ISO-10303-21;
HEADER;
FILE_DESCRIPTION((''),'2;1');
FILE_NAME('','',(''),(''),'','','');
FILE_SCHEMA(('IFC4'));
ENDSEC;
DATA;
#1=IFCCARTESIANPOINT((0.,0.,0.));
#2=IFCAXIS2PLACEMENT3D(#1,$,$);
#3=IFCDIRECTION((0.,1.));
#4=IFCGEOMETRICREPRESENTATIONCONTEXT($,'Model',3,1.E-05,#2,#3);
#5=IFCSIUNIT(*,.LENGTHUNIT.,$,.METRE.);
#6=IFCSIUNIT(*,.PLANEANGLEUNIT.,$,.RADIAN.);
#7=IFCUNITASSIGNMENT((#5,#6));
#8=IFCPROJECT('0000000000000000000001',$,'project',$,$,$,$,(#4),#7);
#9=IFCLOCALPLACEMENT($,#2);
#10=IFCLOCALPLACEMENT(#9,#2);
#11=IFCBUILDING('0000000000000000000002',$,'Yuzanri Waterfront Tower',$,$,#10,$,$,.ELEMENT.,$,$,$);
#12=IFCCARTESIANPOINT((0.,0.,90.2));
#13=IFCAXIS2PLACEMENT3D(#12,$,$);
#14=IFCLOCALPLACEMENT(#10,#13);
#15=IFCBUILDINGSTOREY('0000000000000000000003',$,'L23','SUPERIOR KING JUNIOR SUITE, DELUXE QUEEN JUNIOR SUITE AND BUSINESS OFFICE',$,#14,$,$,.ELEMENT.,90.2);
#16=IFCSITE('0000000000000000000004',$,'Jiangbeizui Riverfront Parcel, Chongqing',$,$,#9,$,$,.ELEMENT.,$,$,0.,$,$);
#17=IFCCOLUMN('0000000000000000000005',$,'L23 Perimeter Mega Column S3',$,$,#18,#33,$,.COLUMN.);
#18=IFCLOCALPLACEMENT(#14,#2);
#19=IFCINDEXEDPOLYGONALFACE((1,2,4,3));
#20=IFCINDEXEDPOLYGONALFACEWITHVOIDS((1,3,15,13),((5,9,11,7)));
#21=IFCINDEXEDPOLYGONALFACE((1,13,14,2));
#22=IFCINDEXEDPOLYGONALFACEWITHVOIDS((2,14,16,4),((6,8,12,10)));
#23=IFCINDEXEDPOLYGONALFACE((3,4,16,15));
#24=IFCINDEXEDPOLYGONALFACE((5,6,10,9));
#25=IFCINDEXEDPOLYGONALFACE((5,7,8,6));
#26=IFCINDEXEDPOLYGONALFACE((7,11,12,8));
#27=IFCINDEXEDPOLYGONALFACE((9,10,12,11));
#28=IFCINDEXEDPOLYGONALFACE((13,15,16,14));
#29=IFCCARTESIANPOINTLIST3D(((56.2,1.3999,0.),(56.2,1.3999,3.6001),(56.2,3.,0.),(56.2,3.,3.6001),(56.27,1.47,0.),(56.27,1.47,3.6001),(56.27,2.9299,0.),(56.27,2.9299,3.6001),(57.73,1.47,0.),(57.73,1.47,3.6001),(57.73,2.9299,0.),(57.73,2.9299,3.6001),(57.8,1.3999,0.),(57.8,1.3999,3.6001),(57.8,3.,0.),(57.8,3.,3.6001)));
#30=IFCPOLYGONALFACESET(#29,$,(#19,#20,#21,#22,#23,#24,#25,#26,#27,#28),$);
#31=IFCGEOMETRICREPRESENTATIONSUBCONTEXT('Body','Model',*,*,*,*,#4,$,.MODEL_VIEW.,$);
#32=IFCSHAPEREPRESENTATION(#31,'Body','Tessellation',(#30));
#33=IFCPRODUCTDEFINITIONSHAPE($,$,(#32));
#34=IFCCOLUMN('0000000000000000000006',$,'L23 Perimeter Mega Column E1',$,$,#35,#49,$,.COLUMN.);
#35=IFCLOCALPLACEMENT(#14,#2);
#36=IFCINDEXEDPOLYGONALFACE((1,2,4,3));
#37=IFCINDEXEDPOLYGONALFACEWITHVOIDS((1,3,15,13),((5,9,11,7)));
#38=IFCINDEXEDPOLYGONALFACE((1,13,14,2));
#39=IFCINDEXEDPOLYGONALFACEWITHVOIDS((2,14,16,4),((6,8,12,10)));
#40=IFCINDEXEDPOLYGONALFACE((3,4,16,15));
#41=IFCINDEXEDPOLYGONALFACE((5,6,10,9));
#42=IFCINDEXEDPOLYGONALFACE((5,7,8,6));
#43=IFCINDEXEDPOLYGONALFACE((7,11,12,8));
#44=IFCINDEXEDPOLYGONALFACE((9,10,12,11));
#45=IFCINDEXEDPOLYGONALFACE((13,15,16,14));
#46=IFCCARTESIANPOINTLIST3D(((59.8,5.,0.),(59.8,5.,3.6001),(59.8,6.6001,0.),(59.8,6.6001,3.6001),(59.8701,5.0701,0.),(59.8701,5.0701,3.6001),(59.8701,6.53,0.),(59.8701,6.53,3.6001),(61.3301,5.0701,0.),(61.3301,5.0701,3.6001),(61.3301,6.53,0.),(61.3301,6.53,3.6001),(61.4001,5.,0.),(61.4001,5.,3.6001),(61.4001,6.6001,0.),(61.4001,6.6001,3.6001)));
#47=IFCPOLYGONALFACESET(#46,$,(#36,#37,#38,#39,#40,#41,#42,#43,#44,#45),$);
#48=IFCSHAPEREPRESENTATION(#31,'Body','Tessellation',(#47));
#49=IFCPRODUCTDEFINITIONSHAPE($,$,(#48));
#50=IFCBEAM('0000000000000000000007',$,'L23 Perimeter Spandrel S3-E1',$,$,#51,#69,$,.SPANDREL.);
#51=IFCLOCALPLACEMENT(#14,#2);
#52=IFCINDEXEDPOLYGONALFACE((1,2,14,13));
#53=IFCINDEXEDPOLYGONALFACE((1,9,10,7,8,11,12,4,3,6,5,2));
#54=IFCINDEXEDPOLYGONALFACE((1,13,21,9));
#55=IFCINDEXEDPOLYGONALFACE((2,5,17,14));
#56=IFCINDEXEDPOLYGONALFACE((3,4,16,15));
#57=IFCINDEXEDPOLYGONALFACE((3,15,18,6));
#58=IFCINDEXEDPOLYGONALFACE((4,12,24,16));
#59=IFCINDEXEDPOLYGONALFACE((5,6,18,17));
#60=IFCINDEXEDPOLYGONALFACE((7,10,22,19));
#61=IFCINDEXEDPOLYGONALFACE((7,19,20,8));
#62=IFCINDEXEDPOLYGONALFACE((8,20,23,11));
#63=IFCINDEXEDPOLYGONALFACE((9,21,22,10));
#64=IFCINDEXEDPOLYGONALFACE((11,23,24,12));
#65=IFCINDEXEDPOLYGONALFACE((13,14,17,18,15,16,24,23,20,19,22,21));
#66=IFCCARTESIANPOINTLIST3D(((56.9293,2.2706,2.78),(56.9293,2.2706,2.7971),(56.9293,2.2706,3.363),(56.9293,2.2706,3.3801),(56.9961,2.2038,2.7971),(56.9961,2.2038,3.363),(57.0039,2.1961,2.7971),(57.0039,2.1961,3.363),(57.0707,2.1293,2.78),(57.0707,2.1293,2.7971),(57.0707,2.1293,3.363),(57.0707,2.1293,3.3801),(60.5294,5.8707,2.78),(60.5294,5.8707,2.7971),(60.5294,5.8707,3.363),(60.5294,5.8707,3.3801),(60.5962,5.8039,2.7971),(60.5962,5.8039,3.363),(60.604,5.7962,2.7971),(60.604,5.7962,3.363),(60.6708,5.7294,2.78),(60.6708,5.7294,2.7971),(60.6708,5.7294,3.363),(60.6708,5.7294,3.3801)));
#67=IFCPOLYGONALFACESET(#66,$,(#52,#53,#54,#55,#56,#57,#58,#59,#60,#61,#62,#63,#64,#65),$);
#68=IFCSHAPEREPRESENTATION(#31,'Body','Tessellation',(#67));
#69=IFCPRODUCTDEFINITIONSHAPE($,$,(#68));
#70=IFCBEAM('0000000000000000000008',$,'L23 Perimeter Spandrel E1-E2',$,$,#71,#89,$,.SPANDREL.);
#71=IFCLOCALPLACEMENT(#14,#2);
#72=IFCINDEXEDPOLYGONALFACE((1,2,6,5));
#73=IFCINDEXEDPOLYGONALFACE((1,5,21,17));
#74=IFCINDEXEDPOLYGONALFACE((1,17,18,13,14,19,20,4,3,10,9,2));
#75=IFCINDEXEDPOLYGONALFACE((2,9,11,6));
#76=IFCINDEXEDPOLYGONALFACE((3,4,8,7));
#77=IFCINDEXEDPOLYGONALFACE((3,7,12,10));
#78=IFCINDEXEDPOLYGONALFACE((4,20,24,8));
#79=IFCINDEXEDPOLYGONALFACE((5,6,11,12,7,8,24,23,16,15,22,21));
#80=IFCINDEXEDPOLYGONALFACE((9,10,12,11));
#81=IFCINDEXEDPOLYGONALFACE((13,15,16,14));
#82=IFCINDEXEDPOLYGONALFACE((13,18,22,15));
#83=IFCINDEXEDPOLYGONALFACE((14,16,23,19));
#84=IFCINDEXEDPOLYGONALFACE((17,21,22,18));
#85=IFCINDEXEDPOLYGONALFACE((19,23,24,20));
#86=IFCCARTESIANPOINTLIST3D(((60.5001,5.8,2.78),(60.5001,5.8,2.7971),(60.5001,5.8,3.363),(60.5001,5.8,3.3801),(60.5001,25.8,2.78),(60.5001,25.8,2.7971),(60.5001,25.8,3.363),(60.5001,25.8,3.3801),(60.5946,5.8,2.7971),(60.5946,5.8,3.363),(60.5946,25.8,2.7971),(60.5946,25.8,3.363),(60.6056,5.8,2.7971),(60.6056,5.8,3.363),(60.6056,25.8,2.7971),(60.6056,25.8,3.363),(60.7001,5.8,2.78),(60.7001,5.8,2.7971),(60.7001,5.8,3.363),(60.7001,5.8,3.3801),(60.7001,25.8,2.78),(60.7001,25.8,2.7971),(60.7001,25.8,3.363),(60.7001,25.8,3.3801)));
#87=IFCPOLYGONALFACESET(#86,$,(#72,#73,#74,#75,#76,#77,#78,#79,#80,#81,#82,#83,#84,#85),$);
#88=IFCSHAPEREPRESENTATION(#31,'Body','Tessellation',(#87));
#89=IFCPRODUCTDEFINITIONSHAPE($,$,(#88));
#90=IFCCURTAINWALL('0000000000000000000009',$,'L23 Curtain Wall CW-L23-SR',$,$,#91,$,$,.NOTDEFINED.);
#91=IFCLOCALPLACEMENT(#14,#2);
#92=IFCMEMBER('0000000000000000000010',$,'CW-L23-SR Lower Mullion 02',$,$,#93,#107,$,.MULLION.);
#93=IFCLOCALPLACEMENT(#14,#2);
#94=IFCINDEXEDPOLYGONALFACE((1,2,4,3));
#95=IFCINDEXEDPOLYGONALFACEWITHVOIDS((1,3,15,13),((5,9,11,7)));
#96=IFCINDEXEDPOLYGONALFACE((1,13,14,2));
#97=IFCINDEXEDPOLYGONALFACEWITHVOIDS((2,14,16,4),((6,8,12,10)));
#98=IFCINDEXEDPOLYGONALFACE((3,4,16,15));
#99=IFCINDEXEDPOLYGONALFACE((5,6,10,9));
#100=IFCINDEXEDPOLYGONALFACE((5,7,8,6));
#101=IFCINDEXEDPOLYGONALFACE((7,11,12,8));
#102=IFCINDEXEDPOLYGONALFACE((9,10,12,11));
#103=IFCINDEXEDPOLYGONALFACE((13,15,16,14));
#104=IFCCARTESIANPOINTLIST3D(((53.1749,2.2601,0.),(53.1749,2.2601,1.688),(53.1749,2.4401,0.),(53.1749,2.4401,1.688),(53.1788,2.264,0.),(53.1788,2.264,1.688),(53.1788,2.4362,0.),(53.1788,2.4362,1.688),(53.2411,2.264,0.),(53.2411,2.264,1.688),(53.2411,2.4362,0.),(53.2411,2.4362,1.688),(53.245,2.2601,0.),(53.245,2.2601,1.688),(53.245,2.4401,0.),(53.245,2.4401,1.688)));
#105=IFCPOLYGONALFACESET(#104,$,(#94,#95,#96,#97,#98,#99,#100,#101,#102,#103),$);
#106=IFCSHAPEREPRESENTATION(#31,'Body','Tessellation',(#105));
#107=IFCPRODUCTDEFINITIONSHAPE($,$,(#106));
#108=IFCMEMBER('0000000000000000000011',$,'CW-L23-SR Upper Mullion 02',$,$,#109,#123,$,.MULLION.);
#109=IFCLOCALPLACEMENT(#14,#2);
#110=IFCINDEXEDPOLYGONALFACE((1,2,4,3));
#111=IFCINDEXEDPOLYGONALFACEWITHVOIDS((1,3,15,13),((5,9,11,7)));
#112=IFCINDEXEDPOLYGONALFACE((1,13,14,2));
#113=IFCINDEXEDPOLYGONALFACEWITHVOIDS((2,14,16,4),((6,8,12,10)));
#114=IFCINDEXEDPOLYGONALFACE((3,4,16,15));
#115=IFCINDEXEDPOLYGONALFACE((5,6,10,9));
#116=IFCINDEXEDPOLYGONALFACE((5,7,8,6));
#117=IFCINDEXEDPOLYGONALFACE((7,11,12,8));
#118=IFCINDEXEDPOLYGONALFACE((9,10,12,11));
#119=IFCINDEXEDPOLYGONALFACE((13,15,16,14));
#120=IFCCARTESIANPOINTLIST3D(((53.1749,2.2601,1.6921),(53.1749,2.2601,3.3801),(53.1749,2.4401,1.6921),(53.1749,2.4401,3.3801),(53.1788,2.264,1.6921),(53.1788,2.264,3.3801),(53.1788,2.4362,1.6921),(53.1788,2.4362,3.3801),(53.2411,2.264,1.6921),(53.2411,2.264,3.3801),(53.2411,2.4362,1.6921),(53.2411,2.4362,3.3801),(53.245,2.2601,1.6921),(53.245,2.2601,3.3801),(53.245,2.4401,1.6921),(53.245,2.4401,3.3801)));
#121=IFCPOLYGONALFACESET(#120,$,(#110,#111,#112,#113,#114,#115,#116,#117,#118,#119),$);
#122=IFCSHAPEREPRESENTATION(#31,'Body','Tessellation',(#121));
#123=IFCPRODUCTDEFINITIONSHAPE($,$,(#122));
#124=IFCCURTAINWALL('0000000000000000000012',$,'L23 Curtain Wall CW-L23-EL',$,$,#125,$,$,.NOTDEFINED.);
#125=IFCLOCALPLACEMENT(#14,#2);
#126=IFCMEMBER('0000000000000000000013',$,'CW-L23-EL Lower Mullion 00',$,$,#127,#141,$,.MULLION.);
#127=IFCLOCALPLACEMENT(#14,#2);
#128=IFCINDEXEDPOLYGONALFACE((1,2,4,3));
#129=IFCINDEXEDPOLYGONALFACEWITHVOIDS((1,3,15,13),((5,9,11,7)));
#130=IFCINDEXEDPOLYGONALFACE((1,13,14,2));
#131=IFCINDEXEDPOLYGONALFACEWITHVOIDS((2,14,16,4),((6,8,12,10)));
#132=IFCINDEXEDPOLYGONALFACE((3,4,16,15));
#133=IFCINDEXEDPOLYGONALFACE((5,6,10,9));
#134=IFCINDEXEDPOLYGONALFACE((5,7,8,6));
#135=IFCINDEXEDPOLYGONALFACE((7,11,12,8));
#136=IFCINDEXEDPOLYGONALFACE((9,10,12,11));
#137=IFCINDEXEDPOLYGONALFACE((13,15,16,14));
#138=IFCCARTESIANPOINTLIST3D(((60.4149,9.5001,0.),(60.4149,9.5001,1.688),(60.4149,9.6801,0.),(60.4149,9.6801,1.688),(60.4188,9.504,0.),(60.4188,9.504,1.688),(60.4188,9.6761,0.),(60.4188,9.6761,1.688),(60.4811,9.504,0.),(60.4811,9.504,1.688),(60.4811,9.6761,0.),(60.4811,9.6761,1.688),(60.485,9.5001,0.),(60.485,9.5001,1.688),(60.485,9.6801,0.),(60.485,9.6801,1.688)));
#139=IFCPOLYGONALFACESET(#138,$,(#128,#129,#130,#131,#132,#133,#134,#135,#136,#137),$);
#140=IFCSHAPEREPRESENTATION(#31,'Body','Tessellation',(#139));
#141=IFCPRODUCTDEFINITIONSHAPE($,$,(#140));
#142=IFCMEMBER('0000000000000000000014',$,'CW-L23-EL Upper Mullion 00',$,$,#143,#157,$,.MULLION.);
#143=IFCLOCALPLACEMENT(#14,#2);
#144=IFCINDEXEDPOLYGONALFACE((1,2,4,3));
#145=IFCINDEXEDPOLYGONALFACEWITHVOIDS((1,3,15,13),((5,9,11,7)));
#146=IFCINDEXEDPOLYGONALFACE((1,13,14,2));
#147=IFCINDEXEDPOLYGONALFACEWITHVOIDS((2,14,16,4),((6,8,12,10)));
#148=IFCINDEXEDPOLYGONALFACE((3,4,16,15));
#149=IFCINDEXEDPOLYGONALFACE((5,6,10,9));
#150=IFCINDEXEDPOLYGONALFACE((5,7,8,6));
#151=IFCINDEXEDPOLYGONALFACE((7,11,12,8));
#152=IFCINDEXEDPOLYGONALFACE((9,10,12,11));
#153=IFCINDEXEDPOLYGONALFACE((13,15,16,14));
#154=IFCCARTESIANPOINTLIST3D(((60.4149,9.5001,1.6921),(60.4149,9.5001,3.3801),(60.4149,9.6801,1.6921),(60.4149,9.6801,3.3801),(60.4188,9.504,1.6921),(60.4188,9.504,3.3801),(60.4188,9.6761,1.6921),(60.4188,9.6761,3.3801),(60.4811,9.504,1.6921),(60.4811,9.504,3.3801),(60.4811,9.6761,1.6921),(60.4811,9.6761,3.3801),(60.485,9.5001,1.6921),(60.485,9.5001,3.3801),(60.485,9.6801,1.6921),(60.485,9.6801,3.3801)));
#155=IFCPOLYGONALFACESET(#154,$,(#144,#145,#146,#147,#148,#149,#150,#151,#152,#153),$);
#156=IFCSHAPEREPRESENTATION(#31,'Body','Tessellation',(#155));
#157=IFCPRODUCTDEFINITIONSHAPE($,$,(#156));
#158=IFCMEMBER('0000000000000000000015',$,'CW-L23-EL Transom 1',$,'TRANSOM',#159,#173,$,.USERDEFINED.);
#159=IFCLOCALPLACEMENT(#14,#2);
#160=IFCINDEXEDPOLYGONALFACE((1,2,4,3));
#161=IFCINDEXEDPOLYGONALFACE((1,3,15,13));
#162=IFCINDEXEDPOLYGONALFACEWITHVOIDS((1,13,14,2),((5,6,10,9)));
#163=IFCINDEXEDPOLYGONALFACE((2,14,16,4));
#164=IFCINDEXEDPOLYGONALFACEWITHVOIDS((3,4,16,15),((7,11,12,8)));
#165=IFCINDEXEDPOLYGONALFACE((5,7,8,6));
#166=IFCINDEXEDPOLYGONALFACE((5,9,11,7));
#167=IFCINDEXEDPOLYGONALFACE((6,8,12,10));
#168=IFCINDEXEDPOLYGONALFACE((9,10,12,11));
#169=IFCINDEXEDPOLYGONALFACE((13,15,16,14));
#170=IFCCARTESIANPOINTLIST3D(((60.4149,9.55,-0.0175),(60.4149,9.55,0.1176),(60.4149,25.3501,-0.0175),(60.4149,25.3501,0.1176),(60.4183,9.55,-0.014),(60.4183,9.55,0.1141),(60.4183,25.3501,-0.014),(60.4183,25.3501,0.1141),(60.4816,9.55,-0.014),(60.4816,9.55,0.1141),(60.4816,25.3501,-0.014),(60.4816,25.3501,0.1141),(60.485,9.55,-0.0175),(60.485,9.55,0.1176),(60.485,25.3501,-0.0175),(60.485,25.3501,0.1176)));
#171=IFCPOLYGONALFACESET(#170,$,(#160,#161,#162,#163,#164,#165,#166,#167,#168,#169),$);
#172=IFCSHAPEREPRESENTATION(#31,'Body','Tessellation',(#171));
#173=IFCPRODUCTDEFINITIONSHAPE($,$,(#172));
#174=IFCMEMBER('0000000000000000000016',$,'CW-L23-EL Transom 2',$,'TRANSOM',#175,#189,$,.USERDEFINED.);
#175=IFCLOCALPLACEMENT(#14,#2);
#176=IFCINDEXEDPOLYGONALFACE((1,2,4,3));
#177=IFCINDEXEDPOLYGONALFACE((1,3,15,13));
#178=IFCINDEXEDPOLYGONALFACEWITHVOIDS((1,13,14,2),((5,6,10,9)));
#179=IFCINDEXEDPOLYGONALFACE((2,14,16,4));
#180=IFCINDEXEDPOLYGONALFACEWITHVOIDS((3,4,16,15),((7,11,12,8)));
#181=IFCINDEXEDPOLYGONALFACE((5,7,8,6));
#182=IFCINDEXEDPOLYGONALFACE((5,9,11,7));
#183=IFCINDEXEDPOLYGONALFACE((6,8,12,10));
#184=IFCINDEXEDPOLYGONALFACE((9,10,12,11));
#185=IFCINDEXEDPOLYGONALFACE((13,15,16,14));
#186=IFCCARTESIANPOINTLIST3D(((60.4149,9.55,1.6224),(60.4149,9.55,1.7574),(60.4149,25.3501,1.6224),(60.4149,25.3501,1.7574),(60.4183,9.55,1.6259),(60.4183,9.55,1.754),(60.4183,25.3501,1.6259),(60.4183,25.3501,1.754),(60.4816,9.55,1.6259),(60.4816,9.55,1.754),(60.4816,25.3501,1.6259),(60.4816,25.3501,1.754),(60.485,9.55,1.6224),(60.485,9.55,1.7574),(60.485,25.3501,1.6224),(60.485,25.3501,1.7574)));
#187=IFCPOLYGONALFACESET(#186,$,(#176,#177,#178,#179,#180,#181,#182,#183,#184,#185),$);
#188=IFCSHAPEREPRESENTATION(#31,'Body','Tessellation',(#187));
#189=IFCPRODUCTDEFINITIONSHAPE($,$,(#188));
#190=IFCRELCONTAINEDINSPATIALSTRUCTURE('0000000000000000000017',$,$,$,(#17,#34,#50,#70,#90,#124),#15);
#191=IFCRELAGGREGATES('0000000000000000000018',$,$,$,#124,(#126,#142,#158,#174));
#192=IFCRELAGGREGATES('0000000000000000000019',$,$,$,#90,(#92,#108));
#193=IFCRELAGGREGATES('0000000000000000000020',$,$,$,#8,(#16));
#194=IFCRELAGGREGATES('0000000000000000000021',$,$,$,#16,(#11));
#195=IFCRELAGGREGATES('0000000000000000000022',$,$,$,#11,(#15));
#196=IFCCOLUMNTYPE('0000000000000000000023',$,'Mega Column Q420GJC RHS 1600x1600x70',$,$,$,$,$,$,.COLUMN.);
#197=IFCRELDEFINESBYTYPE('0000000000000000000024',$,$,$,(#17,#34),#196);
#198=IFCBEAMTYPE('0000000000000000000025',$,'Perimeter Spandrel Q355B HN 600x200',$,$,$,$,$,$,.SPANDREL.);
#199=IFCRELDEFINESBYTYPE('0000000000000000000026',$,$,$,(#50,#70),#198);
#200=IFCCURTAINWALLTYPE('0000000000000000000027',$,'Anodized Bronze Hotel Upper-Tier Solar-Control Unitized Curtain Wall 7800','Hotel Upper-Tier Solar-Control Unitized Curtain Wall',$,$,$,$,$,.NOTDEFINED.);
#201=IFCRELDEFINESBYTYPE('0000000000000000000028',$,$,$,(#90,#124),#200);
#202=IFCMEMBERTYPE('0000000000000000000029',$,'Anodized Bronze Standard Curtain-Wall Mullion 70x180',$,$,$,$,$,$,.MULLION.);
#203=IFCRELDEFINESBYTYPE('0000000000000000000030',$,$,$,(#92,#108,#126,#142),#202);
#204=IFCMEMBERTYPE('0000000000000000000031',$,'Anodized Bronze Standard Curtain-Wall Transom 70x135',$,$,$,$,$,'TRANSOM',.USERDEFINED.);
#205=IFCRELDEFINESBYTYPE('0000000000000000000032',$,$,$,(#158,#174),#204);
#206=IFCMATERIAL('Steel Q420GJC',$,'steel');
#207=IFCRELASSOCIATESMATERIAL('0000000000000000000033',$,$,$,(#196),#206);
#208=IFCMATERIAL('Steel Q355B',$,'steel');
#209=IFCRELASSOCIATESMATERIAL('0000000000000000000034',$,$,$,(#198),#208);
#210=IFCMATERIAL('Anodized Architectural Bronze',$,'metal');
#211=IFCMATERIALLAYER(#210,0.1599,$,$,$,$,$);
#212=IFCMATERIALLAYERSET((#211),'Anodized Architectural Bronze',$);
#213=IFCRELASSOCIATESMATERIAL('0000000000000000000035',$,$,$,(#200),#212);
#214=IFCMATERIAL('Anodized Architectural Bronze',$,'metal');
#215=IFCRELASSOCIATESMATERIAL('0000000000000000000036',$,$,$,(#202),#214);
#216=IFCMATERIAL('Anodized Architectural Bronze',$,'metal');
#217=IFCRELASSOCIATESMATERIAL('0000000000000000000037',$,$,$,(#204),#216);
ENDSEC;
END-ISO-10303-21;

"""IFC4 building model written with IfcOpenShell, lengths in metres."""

from ifc_helpers import new_model, si_unit, direction, frame, origin, origin_2d, place, context, subcontext, project, spatial, hollow_rectangle, i_section, extrude, source, transform, mapped, material, layer, layer_set, material_profile, profile_set, type_object, element, aggregate, save


model = new_model("IFC4")

# Units and contexts
model_context = context("Model", 3, precision=1e-05, world=origin(), true_north=direction((0.0, 1.0)))
body_context = subcontext(model_context, "Body", "Model", "MODEL_VIEW")
ifc_project = project(units=[si_unit("LENGTHUNIT", "METRE"), si_unit("PLANEANGLEUNIT", "RADIAN")], contexts=[model_context])

# Site, building, storey
site_placement = place(None, origin())
site = spatial("IfcSite", under=ifc_project, at=site_placement, Name="Jiangbeizui Riverfront Parcel, Chongqing", CompositionType="ELEMENT", RefElevation=0.0)
building_placement = place(site_placement, origin())
building = spatial("IfcBuilding", under=site, at=building_placement, Name="Yuzanri Waterfront Tower", CompositionType="ELEMENT")
storey_placement = place(building_placement, frame((0.0, 0.0, 90.2)))
storey = spatial("IfcBuildingStorey", under=building, at=storey_placement, Name="L23", Description="SUPERIOR KING JUNIOR SUITE, DELUXE QUEEN JUNIOR SUITE AND BUSINESS OFFICE", CompositionType="ELEMENT", Elevation=90.2)

# Columns
ifc_material_1 = material(Name="Steel Q420GJC", Category="steel")
ifc_material_profile_1 = material_profile(ifc_material_1, hollow_rectangle(XDim=1.6001, YDim=1.6001, WallThickness=0.0701, at=origin_2d()), Name="RHS 1600x1600x70")
ifc_profile_set_1 = profile_set([ifc_material_profile_1], Name="Steel Q420GJC")
column_type = type_object("IfcColumnType", Name="Mega Column Q420GJC RHS 1600x1600x70", PredefinedType="COLUMN", material=ifc_profile_set_1)
shared_shape_1 = source(origin(), body_context, "Body", "SweptSolid", [
    extrude(hollow_rectangle(XDim=1.6001, YDim=1.6001, WallThickness=0.0701, at=origin_2d()), origin(), (0.0, 0.0, 1.0), 3.6001),
])
for number, where, z_axis, x_axis, name in (
    (1, (57.0, 2.2, 0.0), (0.0, 0.0, 1.0), (1.0, 0.0, 0.0), "L23 Perimeter Mega Column S3"),
    (2, (60.6001, 5.8, 0.0), (0.0, 0.0, 1.0), (1.0, 0.0, 0.0), "L23 Perimeter Mega Column E1"),
):
    element("IfcColumn", number, at=place(storey_placement, frame(where, z_axis=z_axis, x_axis=x_axis)), inside=storey, type_object=column_type, Name=name, PredefinedType="COLUMN", context=body_context, shape_type="MappedRepresentation", body=[
        mapped(shared_shape_1, transform((0.0, 0.0, 0.0), scale=1.0)),
    ])

# Beams
ifc_material_2 = material(Name="Steel Q355B", Category="steel")
ifc_material_profile_2 = material_profile(ifc_material_2, i_section(OverallWidth=0.2, OverallDepth=0.6001, WebThickness=0.011, FlangeThickness=0.0171, at=origin_2d()), Name="HN 600x200x11x17")
ifc_profile_set_2 = profile_set([ifc_material_profile_2], Name="Steel Q355B")
beam_type = type_object("IfcBeamType", Name="Perimeter Spandrel Q355B HN 600x200", PredefinedType="SPANDREL", material=ifc_profile_set_2)
shared_shape_2 = source(origin(), body_context, "Body", "SweptSolid", [
    extrude(i_section(OverallWidth=0.2, OverallDepth=0.6001, WebThickness=0.011, FlangeThickness=0.0171, at=origin_2d()), origin(), (0.0, 0.0, 1.0), 5.0913),
])
beam_1_placement = place(storey_placement, frame((57.0, 2.2, 3.0801), z_axis=(0.707107, 0.707107, 0.0), x_axis=(-0.707107, 0.707107, 0.0)))
element("IfcBeam", 3, at=beam_1_placement, inside=storey, type_object=beam_type, Name="L23 Perimeter Spandrel S3-E1", PredefinedType="SPANDREL", context=body_context, shape_type="MappedRepresentation", body=[
    mapped(shared_shape_2, transform((0.0, 0.0, 0.0), scale=1.0)),
])
shared_shape_3 = source(origin(), body_context, "Body", "SweptSolid", [
    extrude(i_section(OverallWidth=0.2, OverallDepth=0.6001, WebThickness=0.011, FlangeThickness=0.0171, at=origin_2d()), origin(), (0.0, 0.0, 1.0), 20.0),
])
beam_2_placement = place(storey_placement, frame((60.6001, 5.8, 3.0801), z_axis=(0.0, 1.0, 0.0), x_axis=(-1.0, 0.0, 0.0)))
element("IfcBeam", 4, at=beam_2_placement, inside=storey, type_object=beam_type, Name="L23 Perimeter Spandrel E1-E2", PredefinedType="SPANDREL", context=body_context, shape_type="MappedRepresentation", body=[
    mapped(shared_shape_3, transform((0.0, 0.0, 0.0), scale=1.0)),
])

# Curtain walls, members
ifc_material_3 = material(Name="Anodized Architectural Bronze", Category="metal")
ifc_layer_1 = layer(ifc_material_3, 0.1599)
ifc_layer_set_1 = layer_set([ifc_layer_1], Name="Anodized Architectural Bronze")
curtain_wall_type = type_object("IfcCurtainWallType", Name="Anodized Bronze Hotel Upper-Tier Solar-Control Unitized Curtain Wall 7800", Description="Hotel Upper-Tier Solar-Control Unitized Curtain Wall", PredefinedType="NOTDEFINED", material=ifc_layer_set_1)
curtain_wall_1_placement = place(storey_placement, origin())
curtain_wall_1 = element("IfcCurtainWall", 5, at=curtain_wall_1_placement, inside=storey, type_object=curtain_wall_type, Name="L23 Curtain Wall CW-L23-SR", PredefinedType="NOTDEFINED")
ifc_material_4 = material(Name="Anodized Architectural Bronze", Category="metal")
ifc_material_profile_3 = material_profile(ifc_material_4, hollow_rectangle(XDim=0.0701, YDim=0.1799, WallThickness=0.0039, at=origin_2d()), Name="CWM 70x180")
ifc_profile_set_3 = profile_set([ifc_material_profile_3], Name="Anodized Architectural Bronze")
member_type_1 = type_object("IfcMemberType", Name="Anodized Bronze Standard Curtain-Wall Mullion 70x180", PredefinedType="MULLION", material=ifc_profile_set_3)
shared_shape_4 = source(origin(), body_context, "Body", "SweptSolid", [
    extrude(hollow_rectangle(XDim=0.0701, YDim=0.1799, WallThickness=0.0039, at=origin_2d()), origin(), (0.0, 0.0, 1.0), 1.688),
])
member_1_placement = place(storey_placement, frame((53.21, 2.3501, 0.0), z_axis=(0.0, 0.0, 1.0), x_axis=(1.0, 0.0, 0.0)))
member_1 = element("IfcMember", 6, at=member_1_placement, type_object=member_type_1, Name="CW-L23-SR Lower Mullion 02", PredefinedType="MULLION", context=body_context, shape_type="MappedRepresentation", body=[
    mapped(shared_shape_4, transform((0.0, 0.0, 0.0), scale=1.0)),
])
member_2_placement = place(storey_placement, frame((53.21, 2.3501, 1.6921), z_axis=(0.0, 0.0, 1.0), x_axis=(1.0, 0.0, 0.0)))
member_2 = element("IfcMember", 7, at=member_2_placement, type_object=member_type_1, Name="CW-L23-SR Upper Mullion 02", PredefinedType="MULLION", context=body_context, shape_type="MappedRepresentation", body=[
    mapped(shared_shape_4, transform((0.0, 0.0, 0.0), scale=1.0)),
])
curtain_wall_2_placement = place(storey_placement, origin())
curtain_wall_2 = element("IfcCurtainWall", 8, at=curtain_wall_2_placement, inside=storey, type_object=curtain_wall_type, Name="L23 Curtain Wall CW-L23-EL", PredefinedType="NOTDEFINED")
member_3_placement = place(storey_placement, frame((60.45, 9.5901, 0.0), z_axis=(0.0, 0.0, 1.0), x_axis=(1.0, 0.0, 0.0)))
member_3 = element("IfcMember", 9, at=member_3_placement, type_object=member_type_1, Name="CW-L23-EL Lower Mullion 00", PredefinedType="MULLION", context=body_context, shape_type="MappedRepresentation", body=[
    mapped(shared_shape_4, transform((0.0, 0.0, 0.0), scale=1.0)),
])
member_4_placement = place(storey_placement, frame((60.45, 9.5901, 1.6921), z_axis=(0.0, 0.0, 1.0), x_axis=(1.0, 0.0, 0.0)))
member_4 = element("IfcMember", 10, at=member_4_placement, type_object=member_type_1, Name="CW-L23-EL Upper Mullion 00", PredefinedType="MULLION", context=body_context, shape_type="MappedRepresentation", body=[
    mapped(shared_shape_4, transform((0.0, 0.0, 0.0), scale=1.0)),
])
ifc_material_5 = material(Name="Anodized Architectural Bronze", Category="metal")
ifc_material_profile_4 = material_profile(ifc_material_5, hollow_rectangle(XDim=0.0701, YDim=0.135, WallThickness=0.0034, at=origin_2d()), Name="CWT 70x135")
ifc_profile_set_4 = profile_set([ifc_material_profile_4], Name="Anodized Architectural Bronze")
member_type_2 = type_object("IfcMemberType", Name="Anodized Bronze Standard Curtain-Wall Transom 70x135", ElementType="TRANSOM", PredefinedType="USERDEFINED", material=ifc_profile_set_4)
shared_shape_5 = source(origin(), body_context, "Body", "SweptSolid", [
    extrude(hollow_rectangle(XDim=0.0701, YDim=0.135, WallThickness=0.0034, at=origin_2d()), origin(), (0.0, 0.0, 1.0), 15.8),
])
member_5_placement = place(storey_placement, frame((60.45, 9.55, 0.05), z_axis=(0.0, 1.0, 0.0), x_axis=(-1.0, 0.0, 0.0)))
member_5 = element("IfcMember", 11, at=member_5_placement, type_object=member_type_2, Name="CW-L23-EL Transom 1", ObjectType="TRANSOM", PredefinedType="USERDEFINED", context=body_context, shape_type="MappedRepresentation", body=[
    mapped(shared_shape_5, transform((0.0, 0.0, 0.0), scale=1.0)),
])
member_6_placement = place(storey_placement, frame((60.45, 9.55, 1.6899), z_axis=(0.0, 1.0, 0.0), x_axis=(-1.0, 0.0, 0.0)))
member_6 = element("IfcMember", 12, at=member_6_placement, type_object=member_type_2, Name="CW-L23-EL Transom 2", ObjectType="TRANSOM", PredefinedType="USERDEFINED", context=body_context, shape_type="MappedRepresentation", body=[
    mapped(shared_shape_5, transform((0.0, 0.0, 0.0), scale=1.0)),
])
aggregate(curtain_wall_2, [member_3, member_4, member_5, member_6])

aggregate(curtain_wall_1, [member_1, member_2])

save(model, "model.ifc")
